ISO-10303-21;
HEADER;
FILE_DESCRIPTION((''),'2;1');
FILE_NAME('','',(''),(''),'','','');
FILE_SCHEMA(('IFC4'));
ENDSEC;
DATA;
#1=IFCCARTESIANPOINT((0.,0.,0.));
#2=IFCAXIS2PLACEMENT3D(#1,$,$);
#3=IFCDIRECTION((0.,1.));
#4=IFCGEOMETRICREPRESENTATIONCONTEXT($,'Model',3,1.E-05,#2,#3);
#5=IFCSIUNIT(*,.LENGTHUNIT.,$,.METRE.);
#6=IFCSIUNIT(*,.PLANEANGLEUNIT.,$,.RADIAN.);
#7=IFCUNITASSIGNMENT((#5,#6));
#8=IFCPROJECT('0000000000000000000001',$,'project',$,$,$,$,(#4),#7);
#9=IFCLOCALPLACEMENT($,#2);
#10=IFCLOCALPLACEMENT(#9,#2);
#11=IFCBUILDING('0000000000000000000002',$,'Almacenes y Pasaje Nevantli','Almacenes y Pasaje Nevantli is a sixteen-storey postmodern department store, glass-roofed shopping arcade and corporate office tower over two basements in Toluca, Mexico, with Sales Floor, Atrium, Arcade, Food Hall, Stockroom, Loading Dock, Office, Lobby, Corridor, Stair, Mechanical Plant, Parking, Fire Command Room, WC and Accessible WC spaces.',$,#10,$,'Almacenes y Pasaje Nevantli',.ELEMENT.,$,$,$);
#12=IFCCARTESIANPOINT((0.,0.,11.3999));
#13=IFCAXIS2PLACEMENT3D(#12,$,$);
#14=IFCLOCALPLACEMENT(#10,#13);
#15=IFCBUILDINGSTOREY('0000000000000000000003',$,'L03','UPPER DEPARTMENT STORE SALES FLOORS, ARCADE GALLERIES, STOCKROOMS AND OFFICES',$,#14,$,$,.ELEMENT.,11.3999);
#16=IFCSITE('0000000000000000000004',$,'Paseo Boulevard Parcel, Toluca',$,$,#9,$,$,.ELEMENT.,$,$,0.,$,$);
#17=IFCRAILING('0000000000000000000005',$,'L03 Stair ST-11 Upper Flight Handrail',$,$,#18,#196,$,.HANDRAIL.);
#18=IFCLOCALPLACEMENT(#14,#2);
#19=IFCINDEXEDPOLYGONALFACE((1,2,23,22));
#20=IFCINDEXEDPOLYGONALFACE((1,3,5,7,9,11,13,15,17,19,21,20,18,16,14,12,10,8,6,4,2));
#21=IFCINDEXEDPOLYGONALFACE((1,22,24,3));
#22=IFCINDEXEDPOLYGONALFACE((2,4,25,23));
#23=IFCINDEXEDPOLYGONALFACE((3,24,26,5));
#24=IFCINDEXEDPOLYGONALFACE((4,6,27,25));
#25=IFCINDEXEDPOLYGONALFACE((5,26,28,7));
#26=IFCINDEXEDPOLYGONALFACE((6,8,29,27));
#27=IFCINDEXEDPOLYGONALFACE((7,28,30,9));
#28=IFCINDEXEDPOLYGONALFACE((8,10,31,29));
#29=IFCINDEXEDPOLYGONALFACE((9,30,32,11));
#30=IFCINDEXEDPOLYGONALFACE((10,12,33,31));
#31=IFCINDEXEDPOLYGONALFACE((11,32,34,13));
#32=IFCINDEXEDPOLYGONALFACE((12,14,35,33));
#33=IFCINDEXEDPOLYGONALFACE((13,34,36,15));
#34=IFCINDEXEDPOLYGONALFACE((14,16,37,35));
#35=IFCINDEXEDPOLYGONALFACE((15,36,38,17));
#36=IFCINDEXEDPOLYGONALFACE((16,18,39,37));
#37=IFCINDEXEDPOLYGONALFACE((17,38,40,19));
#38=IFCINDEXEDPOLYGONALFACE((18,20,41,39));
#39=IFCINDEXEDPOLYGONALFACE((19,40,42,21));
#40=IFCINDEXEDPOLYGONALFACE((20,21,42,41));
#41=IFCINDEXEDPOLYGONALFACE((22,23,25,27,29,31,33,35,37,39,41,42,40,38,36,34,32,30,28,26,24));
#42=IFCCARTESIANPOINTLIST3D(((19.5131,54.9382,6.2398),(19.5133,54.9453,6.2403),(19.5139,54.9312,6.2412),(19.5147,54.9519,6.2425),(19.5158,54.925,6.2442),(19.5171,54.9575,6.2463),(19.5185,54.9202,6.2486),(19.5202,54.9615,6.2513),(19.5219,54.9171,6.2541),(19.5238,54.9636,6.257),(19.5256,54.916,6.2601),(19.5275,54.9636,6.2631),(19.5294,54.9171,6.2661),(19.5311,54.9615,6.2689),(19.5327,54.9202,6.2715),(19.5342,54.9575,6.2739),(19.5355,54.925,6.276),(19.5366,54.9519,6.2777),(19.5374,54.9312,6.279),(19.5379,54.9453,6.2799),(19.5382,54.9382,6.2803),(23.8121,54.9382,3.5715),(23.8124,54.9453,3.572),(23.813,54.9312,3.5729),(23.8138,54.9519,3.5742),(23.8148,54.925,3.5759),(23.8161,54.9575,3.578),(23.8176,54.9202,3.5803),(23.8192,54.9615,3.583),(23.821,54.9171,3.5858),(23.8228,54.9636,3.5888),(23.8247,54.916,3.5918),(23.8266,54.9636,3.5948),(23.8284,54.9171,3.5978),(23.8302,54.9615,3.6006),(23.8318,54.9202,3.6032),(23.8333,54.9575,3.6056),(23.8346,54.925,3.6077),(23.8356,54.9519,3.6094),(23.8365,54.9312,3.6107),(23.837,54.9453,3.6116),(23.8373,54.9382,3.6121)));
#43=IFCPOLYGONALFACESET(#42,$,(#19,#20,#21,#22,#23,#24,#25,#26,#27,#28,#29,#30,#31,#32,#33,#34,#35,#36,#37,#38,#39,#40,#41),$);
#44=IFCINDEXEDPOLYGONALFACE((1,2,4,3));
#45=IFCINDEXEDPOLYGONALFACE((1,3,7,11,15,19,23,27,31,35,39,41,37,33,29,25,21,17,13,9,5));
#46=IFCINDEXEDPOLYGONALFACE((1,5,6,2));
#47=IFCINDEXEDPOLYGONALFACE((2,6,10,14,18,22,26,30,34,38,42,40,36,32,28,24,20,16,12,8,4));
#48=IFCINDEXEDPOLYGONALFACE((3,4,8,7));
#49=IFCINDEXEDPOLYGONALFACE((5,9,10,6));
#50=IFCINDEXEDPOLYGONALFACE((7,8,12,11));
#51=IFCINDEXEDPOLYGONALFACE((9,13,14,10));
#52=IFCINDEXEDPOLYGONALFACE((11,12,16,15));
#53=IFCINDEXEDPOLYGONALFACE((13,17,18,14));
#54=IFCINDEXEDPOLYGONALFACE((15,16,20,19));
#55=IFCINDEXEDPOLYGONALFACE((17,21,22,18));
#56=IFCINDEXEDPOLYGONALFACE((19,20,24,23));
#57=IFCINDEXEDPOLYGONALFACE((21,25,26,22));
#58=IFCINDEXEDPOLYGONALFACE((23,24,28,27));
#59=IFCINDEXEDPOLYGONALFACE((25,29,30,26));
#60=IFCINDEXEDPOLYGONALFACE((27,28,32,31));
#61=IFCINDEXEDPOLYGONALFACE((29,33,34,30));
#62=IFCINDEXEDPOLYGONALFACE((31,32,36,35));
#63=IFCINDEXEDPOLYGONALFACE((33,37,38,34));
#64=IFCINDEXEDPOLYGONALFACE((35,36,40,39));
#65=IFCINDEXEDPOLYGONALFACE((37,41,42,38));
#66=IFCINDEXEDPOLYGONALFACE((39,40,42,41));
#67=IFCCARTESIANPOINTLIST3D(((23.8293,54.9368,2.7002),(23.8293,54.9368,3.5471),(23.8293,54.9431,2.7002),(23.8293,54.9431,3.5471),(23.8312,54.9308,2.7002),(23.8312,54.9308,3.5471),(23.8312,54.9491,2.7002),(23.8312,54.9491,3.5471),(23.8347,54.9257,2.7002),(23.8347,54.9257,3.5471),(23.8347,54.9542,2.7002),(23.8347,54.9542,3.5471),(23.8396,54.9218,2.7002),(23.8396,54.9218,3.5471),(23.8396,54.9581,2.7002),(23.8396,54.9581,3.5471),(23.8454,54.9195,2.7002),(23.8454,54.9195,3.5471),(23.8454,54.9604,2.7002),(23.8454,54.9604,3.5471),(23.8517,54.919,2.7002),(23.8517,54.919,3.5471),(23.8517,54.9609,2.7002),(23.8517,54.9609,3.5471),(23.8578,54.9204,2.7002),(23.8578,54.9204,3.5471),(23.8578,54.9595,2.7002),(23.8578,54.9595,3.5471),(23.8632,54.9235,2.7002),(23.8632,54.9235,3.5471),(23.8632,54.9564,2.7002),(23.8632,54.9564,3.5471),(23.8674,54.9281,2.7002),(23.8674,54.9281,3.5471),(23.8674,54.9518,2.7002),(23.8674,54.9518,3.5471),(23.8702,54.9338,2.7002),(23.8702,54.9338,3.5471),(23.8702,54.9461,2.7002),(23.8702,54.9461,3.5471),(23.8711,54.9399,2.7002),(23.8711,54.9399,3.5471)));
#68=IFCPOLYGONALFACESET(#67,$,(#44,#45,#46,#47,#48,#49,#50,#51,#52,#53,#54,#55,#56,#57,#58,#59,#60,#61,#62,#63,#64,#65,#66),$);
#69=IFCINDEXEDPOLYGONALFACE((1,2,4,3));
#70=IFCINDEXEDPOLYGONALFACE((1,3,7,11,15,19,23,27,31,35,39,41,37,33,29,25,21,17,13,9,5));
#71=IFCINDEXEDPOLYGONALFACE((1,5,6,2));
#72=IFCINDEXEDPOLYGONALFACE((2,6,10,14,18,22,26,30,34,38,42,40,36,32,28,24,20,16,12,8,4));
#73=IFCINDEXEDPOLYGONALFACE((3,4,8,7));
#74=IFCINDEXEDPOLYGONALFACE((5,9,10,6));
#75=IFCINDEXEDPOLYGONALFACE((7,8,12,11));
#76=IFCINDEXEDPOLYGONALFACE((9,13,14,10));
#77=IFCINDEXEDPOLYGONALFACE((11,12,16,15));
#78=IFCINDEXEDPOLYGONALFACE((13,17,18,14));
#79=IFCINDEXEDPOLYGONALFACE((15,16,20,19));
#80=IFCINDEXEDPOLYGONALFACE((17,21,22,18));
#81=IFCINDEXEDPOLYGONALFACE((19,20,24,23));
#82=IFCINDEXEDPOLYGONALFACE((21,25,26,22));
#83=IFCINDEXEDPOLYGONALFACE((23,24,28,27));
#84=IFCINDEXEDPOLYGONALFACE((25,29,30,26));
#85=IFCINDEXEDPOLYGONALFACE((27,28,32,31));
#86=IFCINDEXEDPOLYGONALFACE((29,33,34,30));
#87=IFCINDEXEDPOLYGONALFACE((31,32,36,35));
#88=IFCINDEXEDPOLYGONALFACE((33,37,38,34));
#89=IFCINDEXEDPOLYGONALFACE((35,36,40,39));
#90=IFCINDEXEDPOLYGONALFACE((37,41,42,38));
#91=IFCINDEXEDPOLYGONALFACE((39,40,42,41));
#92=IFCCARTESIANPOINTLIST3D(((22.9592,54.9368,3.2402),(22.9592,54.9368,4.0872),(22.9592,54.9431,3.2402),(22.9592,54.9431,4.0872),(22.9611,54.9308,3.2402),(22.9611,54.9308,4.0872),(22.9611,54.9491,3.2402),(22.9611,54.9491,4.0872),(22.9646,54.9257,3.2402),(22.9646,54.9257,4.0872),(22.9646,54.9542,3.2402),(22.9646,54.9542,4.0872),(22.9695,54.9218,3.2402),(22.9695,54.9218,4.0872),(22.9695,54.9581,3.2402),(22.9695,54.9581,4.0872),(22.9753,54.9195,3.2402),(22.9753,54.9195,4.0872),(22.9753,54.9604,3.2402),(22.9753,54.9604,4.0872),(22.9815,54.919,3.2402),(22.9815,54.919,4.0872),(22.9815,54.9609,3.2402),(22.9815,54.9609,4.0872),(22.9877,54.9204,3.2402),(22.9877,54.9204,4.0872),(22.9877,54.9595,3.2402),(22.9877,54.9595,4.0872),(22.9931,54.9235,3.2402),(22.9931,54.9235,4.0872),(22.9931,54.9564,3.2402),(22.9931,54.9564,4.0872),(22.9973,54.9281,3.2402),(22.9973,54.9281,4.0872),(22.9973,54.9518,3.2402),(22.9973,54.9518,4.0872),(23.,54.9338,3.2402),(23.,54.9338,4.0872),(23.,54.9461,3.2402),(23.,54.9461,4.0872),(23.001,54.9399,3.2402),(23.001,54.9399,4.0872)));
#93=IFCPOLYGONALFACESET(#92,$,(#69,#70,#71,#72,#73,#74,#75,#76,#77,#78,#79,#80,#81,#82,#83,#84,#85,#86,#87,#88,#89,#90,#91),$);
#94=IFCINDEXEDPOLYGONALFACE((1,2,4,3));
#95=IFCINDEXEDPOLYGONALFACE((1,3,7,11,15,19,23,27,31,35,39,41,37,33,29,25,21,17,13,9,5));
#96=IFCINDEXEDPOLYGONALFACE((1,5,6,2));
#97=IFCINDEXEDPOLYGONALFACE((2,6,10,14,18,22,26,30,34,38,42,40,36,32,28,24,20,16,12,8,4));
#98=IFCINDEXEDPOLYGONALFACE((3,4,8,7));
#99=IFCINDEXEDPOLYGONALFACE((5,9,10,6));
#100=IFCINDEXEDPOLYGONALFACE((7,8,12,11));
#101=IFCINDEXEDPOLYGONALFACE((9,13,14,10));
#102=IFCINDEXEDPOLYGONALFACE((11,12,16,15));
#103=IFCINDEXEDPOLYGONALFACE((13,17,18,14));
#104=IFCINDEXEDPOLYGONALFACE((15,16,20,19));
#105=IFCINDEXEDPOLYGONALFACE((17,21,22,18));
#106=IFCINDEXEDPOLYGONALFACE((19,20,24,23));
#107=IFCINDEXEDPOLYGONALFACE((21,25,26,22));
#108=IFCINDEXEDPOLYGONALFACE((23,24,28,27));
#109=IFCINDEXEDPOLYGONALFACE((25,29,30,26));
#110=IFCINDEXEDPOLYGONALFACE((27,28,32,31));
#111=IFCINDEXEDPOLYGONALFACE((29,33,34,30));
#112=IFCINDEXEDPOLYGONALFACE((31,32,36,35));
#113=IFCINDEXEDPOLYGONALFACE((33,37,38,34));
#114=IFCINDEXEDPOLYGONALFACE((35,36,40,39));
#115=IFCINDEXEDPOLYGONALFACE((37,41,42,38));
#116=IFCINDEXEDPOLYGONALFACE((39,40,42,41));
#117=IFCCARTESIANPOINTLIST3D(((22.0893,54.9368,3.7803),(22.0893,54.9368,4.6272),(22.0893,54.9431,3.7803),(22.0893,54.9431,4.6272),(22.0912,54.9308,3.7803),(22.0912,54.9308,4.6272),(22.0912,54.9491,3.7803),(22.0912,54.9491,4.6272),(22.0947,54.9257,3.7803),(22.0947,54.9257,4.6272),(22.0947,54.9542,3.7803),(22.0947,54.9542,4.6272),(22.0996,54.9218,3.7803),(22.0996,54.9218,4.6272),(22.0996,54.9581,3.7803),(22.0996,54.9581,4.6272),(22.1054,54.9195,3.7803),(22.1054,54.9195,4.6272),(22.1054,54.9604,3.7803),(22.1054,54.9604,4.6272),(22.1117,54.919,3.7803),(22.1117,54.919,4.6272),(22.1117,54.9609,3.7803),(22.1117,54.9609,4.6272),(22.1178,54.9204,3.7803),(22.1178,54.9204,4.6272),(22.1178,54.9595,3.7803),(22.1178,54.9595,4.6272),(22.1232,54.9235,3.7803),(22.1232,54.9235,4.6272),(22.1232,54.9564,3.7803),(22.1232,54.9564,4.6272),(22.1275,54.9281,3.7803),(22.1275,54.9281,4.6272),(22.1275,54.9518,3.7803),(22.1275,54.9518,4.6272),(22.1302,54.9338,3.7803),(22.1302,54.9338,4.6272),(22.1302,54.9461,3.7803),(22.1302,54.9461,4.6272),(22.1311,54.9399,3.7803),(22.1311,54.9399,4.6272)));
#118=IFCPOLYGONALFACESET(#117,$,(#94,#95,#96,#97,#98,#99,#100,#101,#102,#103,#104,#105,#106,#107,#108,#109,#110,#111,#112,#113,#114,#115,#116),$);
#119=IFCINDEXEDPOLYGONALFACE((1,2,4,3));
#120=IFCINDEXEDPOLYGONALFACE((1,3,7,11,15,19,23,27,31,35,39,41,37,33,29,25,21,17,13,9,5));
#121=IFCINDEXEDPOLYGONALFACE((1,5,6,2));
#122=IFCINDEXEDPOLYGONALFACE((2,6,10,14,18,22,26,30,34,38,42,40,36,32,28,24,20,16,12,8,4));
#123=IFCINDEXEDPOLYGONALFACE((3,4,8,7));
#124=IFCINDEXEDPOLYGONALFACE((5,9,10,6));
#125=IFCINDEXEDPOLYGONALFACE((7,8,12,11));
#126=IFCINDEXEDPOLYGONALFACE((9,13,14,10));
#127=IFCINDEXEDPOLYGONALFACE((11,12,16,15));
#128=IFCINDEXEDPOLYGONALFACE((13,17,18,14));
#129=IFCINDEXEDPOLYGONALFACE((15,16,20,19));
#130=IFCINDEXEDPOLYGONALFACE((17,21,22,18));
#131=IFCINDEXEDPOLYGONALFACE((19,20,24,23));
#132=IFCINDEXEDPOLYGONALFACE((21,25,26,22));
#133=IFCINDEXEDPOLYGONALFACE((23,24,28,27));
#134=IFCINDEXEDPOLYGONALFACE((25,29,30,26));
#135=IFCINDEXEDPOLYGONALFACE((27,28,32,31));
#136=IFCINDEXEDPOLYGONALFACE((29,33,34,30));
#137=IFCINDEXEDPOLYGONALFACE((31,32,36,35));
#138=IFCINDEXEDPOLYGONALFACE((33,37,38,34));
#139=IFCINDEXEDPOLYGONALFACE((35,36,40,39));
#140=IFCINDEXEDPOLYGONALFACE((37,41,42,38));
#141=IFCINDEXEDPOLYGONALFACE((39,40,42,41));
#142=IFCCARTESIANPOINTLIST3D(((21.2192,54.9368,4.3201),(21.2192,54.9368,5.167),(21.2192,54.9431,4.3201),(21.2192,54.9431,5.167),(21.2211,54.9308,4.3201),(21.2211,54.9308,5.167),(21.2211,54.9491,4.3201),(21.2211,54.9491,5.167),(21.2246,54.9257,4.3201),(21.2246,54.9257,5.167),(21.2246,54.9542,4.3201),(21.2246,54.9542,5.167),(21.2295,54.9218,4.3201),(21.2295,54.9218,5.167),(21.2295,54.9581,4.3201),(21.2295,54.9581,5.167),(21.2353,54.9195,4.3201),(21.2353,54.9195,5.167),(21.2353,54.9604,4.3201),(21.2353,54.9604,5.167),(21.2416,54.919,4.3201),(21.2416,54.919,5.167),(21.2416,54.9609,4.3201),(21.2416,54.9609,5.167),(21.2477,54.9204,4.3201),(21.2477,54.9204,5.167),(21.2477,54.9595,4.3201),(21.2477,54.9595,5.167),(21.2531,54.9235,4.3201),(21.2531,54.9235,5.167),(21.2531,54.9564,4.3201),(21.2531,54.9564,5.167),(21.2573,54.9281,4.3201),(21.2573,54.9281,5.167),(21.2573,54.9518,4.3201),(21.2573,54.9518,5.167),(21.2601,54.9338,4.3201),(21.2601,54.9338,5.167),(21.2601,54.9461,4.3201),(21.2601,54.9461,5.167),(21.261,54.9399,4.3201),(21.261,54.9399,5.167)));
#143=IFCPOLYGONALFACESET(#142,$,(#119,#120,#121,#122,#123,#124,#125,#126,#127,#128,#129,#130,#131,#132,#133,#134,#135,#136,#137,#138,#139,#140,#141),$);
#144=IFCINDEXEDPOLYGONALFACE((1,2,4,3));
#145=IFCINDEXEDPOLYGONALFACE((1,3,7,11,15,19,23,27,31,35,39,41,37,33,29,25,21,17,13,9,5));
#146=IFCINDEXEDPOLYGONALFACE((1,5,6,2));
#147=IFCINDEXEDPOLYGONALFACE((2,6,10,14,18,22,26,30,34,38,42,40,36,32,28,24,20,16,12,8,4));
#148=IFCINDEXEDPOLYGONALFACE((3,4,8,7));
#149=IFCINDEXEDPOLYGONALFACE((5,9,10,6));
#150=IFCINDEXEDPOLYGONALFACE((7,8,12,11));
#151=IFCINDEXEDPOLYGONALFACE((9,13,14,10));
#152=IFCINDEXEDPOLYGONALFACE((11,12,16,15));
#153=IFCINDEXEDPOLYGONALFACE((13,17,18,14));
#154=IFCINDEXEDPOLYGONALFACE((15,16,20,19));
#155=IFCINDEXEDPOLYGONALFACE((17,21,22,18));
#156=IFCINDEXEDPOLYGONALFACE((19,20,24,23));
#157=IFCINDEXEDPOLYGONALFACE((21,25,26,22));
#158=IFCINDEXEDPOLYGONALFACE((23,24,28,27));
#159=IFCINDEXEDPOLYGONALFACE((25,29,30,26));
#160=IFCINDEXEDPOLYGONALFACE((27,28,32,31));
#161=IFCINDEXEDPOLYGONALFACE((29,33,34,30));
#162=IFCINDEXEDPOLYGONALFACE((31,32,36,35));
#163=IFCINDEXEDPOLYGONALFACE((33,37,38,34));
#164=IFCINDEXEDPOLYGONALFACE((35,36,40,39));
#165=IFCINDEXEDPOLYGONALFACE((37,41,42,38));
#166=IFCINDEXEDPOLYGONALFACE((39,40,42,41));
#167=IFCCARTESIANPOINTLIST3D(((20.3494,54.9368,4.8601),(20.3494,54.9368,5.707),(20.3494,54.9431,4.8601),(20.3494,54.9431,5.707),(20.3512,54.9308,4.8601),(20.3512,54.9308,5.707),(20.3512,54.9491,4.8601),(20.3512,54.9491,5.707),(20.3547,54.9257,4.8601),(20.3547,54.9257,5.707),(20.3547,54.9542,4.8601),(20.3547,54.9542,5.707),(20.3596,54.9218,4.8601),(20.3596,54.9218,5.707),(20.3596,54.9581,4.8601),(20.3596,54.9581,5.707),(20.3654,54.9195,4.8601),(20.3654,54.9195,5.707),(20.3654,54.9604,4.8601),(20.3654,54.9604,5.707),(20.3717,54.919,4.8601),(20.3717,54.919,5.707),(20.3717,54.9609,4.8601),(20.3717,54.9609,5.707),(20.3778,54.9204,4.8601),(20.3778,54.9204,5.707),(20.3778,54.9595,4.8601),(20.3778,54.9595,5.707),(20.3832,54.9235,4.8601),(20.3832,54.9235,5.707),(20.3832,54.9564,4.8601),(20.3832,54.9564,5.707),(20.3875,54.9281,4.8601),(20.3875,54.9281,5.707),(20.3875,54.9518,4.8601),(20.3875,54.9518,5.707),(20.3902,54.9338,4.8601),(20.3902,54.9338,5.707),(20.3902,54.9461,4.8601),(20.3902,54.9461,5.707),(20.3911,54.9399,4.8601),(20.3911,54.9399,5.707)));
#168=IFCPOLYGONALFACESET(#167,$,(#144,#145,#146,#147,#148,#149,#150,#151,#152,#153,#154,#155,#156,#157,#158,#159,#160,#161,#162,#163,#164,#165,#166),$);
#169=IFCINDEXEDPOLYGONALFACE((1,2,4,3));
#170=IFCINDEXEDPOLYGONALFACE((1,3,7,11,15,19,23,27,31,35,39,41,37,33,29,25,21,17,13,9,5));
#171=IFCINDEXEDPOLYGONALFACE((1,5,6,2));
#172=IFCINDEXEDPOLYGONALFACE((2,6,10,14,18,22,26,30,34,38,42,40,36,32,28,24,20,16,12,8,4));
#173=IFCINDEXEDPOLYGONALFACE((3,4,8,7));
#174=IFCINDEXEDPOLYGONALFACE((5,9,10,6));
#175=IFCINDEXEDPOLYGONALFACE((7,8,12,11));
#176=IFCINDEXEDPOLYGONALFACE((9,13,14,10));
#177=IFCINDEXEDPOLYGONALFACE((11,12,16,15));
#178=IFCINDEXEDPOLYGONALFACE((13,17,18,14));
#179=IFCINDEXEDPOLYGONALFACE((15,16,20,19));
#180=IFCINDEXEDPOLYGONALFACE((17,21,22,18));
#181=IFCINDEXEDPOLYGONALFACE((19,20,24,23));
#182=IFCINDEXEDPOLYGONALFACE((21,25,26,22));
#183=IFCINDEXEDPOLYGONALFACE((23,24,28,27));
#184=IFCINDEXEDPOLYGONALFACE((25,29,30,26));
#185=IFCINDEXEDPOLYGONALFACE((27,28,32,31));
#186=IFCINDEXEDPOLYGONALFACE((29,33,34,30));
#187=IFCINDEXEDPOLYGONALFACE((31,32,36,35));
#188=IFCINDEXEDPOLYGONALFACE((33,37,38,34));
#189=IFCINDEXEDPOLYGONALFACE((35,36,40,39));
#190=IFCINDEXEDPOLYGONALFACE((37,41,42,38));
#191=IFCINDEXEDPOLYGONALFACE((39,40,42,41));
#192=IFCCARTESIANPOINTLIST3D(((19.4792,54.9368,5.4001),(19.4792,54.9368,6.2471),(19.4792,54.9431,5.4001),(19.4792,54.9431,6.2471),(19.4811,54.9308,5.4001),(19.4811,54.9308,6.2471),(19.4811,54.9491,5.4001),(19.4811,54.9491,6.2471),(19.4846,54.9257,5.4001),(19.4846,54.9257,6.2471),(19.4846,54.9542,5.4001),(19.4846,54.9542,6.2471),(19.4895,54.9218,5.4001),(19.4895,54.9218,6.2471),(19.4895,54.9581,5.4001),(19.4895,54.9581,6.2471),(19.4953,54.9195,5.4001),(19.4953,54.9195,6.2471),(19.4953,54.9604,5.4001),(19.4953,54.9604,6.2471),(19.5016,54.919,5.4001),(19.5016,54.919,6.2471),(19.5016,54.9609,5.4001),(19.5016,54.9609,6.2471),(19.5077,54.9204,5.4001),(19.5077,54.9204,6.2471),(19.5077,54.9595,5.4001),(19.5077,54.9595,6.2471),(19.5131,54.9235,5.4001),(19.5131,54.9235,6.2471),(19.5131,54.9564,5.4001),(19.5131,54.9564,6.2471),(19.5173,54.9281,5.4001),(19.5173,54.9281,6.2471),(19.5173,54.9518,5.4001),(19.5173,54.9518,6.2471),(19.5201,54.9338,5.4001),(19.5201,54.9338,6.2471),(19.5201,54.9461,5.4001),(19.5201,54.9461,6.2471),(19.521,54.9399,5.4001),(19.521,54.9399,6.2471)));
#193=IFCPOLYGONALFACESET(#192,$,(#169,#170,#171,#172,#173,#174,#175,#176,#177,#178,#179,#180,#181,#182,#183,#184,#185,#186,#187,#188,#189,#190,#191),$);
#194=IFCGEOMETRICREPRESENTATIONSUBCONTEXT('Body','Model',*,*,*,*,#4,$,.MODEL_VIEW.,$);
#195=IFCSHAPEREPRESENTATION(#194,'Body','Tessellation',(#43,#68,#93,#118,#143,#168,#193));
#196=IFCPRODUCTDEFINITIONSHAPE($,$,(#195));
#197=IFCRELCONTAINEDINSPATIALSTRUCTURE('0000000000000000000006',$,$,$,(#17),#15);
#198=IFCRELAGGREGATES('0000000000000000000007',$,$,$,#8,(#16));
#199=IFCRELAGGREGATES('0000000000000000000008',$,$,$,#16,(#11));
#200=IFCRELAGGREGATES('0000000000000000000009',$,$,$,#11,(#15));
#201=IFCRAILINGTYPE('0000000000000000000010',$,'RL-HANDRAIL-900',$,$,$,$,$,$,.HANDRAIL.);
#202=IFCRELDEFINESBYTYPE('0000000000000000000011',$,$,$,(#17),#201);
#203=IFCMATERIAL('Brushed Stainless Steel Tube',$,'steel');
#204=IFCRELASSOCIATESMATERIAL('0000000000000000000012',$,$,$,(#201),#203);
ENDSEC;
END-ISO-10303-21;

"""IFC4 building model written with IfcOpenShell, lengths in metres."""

from ifc_helpers import new_model, si_unit, direction, frame, origin, origin_2d, place, context, subcontext, project, spatial, circle, extrude, material, type_object, element, save


model = new_model("IFC4")

# Units and contexts
model_context = context("Model", 3, precision=1e-05, world=origin(), true_north=direction((0.0, 1.0)))
body_context = subcontext(model_context, "Body", "Model", "MODEL_VIEW")
ifc_project = project(units=[si_unit("LENGTHUNIT", "METRE"), si_unit("PLANEANGLEUNIT", "RADIAN")], contexts=[model_context])

# Site, building, storey
site_placement = place(None, origin())
site = spatial("IfcSite", under=ifc_project, at=site_placement, Name="Paseo Boulevard Parcel, Toluca", CompositionType="ELEMENT", RefElevation=0.0)
building_placement = place(site_placement, origin())
building = spatial("IfcBuilding", under=site, at=building_placement, Name="Almacenes y Pasaje Nevantli", Description="Almacenes y Pasaje Nevantli is a sixteen-storey postmodern department store, glass-roofed shopping arcade and corporate office tower over two basements in Toluca, Mexico, with Sales Floor, Atrium, Arcade, Food Hall, Stockroom, Loading Dock, Office, Lobby, Corridor, Stair, Mechanical Plant, Parking, Fire Command Room, WC and Accessible WC spaces.", LongName="Almacenes y Pasaje Nevantli", CompositionType="ELEMENT")
storey_placement = place(building_placement, frame((0.0, 0.0, 11.3999)))
storey = spatial("IfcBuildingStorey", under=building, at=storey_placement, Name="L03", Description="UPPER DEPARTMENT STORE SALES FLOORS, ARCADE GALLERIES, STOCKROOMS AND OFFICES", CompositionType="ELEMENT", Elevation=11.3999)

# Railing
ifc_material_1 = material(Name="Brushed Stainless Steel Tube", Category="steel")
railing_type_1 = type_object("IfcRailingType", Name="RL-HANDRAIL-900", PredefinedType="HANDRAIL", material=ifc_material_1)
railing_1_placement = place(storey_placement, frame((23.8501, 54.9399, 2.7002)))
element("IfcRailing", 1, at=railing_1_placement, inside=storey, type_object=railing_type_1, Name="L03 Stair ST-11 Upper Flight Handrail", PredefinedType="HANDRAIL", context=body_context, shape_type="SweptSolid", body=[
    extrude(circle(Radius=0.0239, at=origin_2d()), frame((-0.0254, 0.0, 0.8916), z_axis=(-0.84965, 0.0, 0.527347), x_axis=(0.0, -1.0, 0.0)), (0.0, 0.0, 1.0), 5.0598),
    extrude(circle(Radius=0.021, at=origin_2d()), origin(), (0.0, 0.0, 1.0), 0.8469),
    extrude(circle(Radius=0.021, at=origin_2d()), frame((-0.8701, 0.0, 0.54)), (0.0, 0.0, 1.0), 0.8469),
    extrude(circle(Radius=0.021, at=origin_2d()), frame((-1.74, 0.0, 1.0801)), (0.0, 0.0, 1.0), 0.8469),
    extrude(circle(Radius=0.021, at=origin_2d()), frame((-2.6101, 0.0, 1.6199)), (0.0, 0.0, 1.0), 0.8469),
    extrude(circle(Radius=0.021, at=origin_2d()), frame((-3.48, 0.0, 2.1599)), (0.0, 0.0, 1.0), 0.8469),
    extrude(circle(Radius=0.021, at=origin_2d()), frame((-4.3501, 0.0, 2.7)), (0.0, 0.0, 1.0), 0.8469),
])

save(model, "model.ifc")
